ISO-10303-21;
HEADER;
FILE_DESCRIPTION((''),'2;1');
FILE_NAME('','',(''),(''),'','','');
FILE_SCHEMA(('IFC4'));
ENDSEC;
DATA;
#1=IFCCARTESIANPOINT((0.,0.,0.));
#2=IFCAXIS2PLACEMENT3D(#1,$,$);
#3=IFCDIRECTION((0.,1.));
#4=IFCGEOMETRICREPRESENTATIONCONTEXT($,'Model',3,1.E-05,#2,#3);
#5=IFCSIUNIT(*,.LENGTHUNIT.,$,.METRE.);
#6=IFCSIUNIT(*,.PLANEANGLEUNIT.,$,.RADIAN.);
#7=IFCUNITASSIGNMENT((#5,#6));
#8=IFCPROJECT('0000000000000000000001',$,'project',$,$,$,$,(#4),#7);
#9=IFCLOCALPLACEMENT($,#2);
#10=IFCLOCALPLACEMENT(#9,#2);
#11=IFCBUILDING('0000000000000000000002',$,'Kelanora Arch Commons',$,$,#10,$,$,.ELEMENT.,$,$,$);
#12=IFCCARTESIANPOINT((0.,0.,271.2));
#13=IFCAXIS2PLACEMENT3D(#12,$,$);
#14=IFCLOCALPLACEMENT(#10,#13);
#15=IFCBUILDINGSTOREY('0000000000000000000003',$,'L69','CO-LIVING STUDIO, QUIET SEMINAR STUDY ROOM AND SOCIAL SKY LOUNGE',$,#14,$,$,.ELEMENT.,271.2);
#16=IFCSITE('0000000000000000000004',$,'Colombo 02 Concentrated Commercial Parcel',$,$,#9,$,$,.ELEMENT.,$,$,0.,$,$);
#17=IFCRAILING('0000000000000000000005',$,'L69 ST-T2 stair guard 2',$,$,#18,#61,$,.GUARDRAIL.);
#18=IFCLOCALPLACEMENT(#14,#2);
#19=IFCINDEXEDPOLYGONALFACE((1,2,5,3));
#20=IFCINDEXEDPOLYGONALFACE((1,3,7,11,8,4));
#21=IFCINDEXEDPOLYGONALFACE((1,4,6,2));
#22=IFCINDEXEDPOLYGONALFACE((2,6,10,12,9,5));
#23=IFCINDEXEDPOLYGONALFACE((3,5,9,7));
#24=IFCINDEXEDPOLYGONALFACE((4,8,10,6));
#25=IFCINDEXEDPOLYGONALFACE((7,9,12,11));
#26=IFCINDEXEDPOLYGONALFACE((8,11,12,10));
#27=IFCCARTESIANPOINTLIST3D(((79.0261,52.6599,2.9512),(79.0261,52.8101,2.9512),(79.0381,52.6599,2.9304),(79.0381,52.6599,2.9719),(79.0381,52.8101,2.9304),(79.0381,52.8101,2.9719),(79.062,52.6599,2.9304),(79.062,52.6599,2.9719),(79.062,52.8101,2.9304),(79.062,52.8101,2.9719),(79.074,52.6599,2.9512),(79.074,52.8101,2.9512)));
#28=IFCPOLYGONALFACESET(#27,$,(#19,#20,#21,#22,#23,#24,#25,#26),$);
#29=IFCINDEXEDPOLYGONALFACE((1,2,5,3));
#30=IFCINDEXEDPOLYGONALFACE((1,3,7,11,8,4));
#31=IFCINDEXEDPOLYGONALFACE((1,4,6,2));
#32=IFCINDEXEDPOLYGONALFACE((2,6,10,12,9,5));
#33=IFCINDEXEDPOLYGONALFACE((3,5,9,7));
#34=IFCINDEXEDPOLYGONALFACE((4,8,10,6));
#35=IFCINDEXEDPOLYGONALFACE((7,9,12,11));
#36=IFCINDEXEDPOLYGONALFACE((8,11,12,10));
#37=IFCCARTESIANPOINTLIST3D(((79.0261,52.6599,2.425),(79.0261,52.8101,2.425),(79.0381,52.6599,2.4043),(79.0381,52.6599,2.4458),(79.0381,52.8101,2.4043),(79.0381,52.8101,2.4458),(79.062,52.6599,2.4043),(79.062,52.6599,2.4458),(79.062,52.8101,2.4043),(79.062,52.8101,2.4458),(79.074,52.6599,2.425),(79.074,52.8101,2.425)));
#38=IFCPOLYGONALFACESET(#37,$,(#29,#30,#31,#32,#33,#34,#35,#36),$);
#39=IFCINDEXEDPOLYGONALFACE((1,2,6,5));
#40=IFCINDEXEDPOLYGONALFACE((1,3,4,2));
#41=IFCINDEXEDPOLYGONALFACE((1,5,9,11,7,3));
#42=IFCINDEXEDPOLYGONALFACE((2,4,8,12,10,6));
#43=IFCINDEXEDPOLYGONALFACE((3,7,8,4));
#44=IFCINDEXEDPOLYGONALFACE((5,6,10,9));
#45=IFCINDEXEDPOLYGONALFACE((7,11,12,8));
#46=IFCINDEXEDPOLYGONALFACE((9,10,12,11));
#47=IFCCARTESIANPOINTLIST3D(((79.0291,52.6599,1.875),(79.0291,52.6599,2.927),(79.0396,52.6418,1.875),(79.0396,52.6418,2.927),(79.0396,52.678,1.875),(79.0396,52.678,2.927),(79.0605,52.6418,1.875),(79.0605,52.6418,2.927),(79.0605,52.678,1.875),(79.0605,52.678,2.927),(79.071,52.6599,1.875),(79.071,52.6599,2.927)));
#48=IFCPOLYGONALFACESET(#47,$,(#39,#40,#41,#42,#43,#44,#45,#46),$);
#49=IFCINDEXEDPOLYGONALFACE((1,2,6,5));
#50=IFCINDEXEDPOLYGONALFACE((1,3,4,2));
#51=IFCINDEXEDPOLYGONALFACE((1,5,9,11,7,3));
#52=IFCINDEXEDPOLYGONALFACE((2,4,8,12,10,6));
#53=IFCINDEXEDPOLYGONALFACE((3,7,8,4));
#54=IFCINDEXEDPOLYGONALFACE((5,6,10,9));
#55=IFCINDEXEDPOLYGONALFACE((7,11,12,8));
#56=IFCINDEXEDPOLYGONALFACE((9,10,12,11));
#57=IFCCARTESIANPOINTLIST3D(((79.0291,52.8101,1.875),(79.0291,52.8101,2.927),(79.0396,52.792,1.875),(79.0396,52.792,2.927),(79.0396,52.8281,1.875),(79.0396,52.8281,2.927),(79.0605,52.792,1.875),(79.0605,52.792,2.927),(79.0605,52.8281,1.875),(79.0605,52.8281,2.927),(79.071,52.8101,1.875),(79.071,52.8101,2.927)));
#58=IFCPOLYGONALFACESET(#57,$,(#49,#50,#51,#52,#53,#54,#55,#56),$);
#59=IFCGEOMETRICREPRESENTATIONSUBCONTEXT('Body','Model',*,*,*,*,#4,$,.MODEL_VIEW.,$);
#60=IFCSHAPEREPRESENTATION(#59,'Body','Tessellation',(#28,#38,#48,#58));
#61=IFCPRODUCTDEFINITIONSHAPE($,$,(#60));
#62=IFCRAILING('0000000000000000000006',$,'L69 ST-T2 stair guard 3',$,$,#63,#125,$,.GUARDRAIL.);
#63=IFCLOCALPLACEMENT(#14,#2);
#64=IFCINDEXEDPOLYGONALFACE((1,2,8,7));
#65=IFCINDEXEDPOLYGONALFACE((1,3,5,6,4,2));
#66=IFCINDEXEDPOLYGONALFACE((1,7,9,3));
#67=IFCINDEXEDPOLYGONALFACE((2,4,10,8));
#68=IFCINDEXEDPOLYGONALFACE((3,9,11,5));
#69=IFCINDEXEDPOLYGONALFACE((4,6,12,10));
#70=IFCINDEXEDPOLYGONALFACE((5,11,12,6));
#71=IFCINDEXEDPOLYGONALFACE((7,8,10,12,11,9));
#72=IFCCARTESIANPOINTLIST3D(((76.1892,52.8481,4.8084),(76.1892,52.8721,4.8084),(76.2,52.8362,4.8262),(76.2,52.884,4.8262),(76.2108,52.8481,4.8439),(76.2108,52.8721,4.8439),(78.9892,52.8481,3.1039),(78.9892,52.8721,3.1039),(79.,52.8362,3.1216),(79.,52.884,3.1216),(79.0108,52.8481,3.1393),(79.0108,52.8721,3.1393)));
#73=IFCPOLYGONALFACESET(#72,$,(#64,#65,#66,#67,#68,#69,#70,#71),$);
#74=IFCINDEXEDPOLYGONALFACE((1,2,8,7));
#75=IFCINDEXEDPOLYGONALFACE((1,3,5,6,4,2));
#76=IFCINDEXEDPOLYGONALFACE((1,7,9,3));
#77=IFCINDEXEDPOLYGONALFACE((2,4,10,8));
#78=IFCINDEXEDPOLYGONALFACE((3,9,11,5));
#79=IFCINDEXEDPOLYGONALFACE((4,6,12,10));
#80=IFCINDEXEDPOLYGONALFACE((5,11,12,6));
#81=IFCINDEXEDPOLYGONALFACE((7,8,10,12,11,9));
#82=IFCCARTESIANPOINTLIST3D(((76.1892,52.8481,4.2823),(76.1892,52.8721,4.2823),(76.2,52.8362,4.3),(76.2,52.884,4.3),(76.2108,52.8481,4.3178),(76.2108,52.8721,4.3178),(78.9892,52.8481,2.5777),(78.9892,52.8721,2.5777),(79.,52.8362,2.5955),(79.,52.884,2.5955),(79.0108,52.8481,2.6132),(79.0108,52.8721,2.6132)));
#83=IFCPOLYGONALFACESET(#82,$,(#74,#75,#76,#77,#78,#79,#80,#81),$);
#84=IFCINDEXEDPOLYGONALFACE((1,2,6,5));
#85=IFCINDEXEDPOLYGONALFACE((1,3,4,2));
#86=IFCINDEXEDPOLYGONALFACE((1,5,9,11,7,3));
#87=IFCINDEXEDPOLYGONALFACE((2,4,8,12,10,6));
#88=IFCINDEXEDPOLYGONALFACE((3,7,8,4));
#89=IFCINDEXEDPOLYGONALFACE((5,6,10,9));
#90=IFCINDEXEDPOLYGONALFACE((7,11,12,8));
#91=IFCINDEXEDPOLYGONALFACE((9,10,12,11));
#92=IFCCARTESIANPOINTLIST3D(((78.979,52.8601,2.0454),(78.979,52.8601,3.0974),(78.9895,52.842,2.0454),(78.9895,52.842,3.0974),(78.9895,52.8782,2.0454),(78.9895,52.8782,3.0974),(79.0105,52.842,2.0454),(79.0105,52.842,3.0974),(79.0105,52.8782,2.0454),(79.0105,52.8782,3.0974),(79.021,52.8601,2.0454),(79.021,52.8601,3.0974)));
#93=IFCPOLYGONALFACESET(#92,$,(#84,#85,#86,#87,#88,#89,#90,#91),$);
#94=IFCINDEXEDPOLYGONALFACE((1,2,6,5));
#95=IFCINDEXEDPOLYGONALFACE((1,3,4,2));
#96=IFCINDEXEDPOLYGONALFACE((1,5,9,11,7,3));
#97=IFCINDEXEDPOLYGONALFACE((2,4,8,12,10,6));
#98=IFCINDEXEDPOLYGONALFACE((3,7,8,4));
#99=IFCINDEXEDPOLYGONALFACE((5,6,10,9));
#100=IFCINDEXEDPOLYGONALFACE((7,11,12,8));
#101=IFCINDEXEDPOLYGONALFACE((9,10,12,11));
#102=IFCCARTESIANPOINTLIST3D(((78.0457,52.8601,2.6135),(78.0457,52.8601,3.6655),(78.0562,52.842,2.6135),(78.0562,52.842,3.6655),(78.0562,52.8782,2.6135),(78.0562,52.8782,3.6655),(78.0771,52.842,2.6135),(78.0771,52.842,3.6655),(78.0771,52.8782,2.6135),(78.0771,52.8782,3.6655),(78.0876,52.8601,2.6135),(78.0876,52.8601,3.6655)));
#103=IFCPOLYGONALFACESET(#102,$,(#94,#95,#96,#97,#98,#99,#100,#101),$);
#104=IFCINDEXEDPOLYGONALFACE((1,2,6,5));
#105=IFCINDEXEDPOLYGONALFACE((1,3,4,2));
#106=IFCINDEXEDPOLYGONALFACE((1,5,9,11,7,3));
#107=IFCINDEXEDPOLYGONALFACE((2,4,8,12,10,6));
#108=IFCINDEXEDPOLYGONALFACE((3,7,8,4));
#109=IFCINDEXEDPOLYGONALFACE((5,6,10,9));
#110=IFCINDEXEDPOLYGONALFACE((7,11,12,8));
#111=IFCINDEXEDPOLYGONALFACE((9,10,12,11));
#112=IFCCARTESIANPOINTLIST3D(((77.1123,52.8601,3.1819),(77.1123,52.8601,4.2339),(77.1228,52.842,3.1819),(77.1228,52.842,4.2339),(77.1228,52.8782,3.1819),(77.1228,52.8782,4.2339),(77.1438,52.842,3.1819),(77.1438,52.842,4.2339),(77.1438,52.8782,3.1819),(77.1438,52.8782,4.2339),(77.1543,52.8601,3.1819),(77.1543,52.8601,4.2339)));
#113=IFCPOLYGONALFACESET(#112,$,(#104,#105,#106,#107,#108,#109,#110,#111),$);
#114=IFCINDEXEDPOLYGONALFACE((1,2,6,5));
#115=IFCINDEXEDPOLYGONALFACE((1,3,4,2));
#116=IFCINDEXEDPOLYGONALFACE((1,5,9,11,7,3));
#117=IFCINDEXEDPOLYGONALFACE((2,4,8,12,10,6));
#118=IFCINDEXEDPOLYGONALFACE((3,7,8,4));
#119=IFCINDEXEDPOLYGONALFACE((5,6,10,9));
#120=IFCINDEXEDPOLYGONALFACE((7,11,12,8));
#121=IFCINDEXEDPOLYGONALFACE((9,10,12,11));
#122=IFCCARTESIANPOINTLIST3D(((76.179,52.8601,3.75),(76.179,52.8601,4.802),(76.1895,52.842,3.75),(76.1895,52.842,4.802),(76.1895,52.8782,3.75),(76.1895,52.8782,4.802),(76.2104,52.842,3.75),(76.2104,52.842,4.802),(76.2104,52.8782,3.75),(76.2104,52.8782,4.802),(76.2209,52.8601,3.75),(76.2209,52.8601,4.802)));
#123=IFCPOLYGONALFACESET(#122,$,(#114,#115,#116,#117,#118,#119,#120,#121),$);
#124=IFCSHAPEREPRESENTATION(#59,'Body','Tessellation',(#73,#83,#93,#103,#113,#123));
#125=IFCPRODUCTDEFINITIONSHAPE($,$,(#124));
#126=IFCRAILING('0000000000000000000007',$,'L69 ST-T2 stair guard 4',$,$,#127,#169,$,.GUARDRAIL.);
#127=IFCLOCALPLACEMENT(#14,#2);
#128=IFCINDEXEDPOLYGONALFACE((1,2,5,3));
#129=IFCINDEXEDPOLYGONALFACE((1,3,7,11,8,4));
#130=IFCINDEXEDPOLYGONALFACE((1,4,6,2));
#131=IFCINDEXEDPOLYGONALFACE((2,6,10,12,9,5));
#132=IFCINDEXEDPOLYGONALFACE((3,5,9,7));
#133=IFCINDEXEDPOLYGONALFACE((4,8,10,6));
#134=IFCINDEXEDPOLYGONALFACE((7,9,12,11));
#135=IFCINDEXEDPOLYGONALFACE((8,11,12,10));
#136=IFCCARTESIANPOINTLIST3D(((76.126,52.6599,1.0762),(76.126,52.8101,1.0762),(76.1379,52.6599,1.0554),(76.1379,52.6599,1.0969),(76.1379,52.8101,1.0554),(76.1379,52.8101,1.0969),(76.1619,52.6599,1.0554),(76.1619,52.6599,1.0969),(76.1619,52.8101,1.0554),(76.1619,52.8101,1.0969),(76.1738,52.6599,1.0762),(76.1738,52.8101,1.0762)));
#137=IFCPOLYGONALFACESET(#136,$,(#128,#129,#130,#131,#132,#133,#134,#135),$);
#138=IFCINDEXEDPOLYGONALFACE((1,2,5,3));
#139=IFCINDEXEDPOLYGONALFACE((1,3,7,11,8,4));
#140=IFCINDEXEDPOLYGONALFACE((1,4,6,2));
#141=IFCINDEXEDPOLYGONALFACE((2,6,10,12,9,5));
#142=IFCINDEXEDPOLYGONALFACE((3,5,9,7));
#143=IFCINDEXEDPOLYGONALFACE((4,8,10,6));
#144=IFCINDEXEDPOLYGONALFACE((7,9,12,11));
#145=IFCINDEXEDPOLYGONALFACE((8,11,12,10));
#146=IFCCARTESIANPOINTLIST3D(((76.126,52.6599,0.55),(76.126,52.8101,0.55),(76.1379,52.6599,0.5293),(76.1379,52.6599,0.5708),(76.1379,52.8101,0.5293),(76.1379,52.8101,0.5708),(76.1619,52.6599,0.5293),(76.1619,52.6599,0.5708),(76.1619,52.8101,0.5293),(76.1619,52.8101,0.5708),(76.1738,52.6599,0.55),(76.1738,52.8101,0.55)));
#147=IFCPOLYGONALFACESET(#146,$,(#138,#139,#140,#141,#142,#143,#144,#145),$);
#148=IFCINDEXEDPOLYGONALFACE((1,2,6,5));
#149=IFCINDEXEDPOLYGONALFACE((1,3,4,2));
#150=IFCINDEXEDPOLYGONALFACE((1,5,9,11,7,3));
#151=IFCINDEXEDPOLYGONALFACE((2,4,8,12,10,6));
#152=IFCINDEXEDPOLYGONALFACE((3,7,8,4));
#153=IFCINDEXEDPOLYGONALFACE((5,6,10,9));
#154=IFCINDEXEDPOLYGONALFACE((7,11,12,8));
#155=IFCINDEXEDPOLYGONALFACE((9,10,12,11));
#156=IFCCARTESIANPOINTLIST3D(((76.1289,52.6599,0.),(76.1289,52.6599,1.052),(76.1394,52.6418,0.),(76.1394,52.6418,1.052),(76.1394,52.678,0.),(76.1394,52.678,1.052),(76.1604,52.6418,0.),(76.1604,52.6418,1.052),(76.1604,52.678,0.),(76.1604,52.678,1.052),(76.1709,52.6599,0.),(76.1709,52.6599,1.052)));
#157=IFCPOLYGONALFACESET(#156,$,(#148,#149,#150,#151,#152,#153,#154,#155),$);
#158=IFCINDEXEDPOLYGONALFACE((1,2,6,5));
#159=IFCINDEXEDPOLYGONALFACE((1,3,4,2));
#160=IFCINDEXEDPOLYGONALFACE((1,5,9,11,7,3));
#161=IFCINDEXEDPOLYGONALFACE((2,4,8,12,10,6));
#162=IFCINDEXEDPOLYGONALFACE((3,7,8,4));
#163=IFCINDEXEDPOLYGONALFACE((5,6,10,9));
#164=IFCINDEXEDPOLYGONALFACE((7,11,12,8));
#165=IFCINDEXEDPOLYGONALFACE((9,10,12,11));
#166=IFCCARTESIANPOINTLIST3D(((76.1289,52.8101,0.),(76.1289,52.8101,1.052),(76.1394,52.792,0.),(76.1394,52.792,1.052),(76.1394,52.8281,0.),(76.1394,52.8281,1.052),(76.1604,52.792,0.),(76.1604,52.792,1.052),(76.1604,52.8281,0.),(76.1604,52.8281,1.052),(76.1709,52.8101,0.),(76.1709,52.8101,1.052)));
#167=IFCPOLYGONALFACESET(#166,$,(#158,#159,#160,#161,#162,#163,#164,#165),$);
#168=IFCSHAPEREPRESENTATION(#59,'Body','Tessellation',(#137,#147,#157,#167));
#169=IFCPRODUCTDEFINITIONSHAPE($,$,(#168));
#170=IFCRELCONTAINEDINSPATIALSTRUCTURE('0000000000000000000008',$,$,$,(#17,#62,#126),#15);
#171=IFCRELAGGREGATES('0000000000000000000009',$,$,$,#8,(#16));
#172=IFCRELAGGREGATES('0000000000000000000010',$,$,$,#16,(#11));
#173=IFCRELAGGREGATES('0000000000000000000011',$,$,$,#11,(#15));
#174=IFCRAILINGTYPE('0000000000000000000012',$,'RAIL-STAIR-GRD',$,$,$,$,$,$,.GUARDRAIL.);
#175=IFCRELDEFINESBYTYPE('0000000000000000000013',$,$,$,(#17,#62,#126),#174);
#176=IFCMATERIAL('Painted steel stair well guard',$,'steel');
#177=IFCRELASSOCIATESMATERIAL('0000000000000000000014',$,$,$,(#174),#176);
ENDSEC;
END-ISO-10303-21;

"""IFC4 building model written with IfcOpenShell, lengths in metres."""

from ifc_helpers import new_model, si_unit, direction, frame, origin, place, context, subcontext, project, spatial, polyline, outline, extrude, material, type_object, element, save


model = new_model("IFC4")

# Units and contexts
model_context = context("Model", 3, precision=1e-05, world=origin(), true_north=direction((0.0, 1.0)))
body_context = subcontext(model_context, "Body", "Model", "MODEL_VIEW")
ifc_project = project(units=[si_unit("LENGTHUNIT", "METRE"), si_unit("PLANEANGLEUNIT", "RADIAN")], contexts=[model_context])

# Site, building, storey
site_placement = place(None, origin())
site = spatial("IfcSite", under=ifc_project, at=site_placement, Name="Colombo 02 Concentrated Commercial Parcel", CompositionType="ELEMENT", RefElevation=0.0)
building_placement = place(site_placement, origin())
building = spatial("IfcBuilding", under=site, at=building_placement, Name="Kelanora Arch Commons", CompositionType="ELEMENT")
storey_placement = place(building_placement, frame((0.0, 0.0, 271.2)))
storey = spatial("IfcBuildingStorey", under=building, at=storey_placement, Name="L69", Description="CO-LIVING STUDIO, QUIET SEMINAR STUDY ROOM AND SOCIAL SKY LOUNGE", CompositionType="ELEMENT", Elevation=271.2)

# Railings
ifc_material_1 = material(Name="Painted steel stair well guard", Category="steel")
railing_type_1 = type_object("IfcRailingType", Name="RAIL-STAIR-GRD", PredefinedType="GUARDRAIL", material=ifc_material_1)
railing_1_placement = place(storey_placement, frame((79.05, 52.6599, 1.875)))
element("IfcRailing", 1, at=railing_1_placement, inside=storey, type_object=railing_type_1, Name="L69 ST-T2 stair guard 2", PredefinedType="GUARDRAIL", context=body_context, shape_type="SweptSolid", body=[
    extrude(outline(polyline([(0.0239, 0.0), (0.012, 0.0208), (-0.012, 0.0208), (-0.0239, 0.0), (-0.012, -0.0208), (0.012, -0.0208), (0.0239, 0.0)])), frame((0.0, 0.0, 1.0762), z_axis=(0.0, 1.0, 0.0), x_axis=(-1.0, 0.0, 0.0)), (0.0, 0.0, 1.0), 0.1501),
    extrude(outline(polyline([(0.0239, 0.0), (0.012, 0.0208), (-0.012, 0.0208), (-0.0239, 0.0), (-0.012, -0.0208), (0.012, -0.0208), (0.0239, 0.0)])), frame((0.0, 0.0, 0.55), z_axis=(0.0, 1.0, 0.0), x_axis=(-1.0, 0.0, 0.0)), (0.0, 0.0, 1.0), 0.1501),
    extrude(outline(polyline([(0.021, 0.0), (0.0105, 0.0181), (-0.0105, 0.0181), (-0.021, 0.0), (-0.0105, -0.0181), (0.0105, -0.0181), (0.021, 0.0)])), origin(), (0.0, 0.0, 1.0), 1.052),
    extrude(outline(polyline([(0.021, 0.0), (0.0105, 0.0181), (-0.0105, 0.0181), (-0.021, 0.0), (-0.0105, -0.0181), (0.0105, -0.0181), (0.021, 0.0)])), frame((0.0, 0.1501, 0.0)), (0.0, 0.0, 1.0), 1.052),
])
railing_2_placement = place(storey_placement, frame((79.0, 52.8601, 2.0454)))
element("IfcRailing", 2, at=railing_2_placement, inside=storey, type_object=railing_type_1, Name="L69 ST-T2 stair guard 3", PredefinedType="GUARDRAIL", context=body_context, shape_type="SweptSolid", body=[
    extrude(outline(polyline([(0.0239, 0.0), (0.012, 0.0208), (-0.012, 0.0208), (-0.0239, 0.0), (-0.012, -0.0208), (0.012, -0.0208), (0.0239, 0.0)])), frame((0.0, 0.0, 1.0762), z_axis=(-0.85417, 0.0, 0.519994), x_axis=(0.0, -1.0, 0.0)), (0.0, 0.0, 1.0), 3.2781),
    extrude(outline(polyline([(0.0239, 0.0), (0.012, 0.0208), (-0.012, 0.0208), (-0.0239, 0.0), (-0.012, -0.0208), (0.012, -0.0208), (0.0239, 0.0)])), frame((0.0, 0.0, 0.55), z_axis=(-0.85417, 0.0, 0.519994), x_axis=(0.0, -1.0, 0.0)), (0.0, 0.0, 1.0), 3.2781),
    extrude(outline(polyline([(0.021, 0.0), (0.0105, 0.0181), (-0.0105, 0.0181), (-0.021, 0.0), (-0.0105, -0.0181), (0.0105, -0.0181), (0.021, 0.0)])), origin(), (0.0, 0.0, 1.0), 1.052),
    extrude(outline(polyline([(0.021, 0.0), (0.0105, 0.0181), (-0.0105, 0.0181), (-0.021, 0.0), (-0.0105, -0.0181), (0.0105, -0.0181), (0.021, 0.0)])), frame((-0.9333, 0.0, 0.5681)), (0.0, 0.0, 1.0), 1.052),
    extrude(outline(polyline([(0.021, 0.0), (0.0105, 0.0181), (-0.0105, 0.0181), (-0.021, 0.0), (-0.0105, -0.0181), (0.0105, -0.0181), (0.021, 0.0)])), frame((-1.8667, 0.0, 1.1365)), (0.0, 0.0, 1.0), 1.052),
    extrude(outline(polyline([(0.021, 0.0), (0.0105, 0.0181), (-0.0105, 0.0181), (-0.021, 0.0), (-0.0105, -0.0181), (0.0105, -0.0181), (0.021, 0.0)])), frame((-2.8, 0.0, 1.7046)), (0.0, 0.0, 1.0), 1.052),
])
railing_3_placement = place(storey_placement, frame((76.1499, 52.6599, 0.0)))
element("IfcRailing", 3, at=railing_3_placement, inside=storey, type_object=railing_type_1, Name="L69 ST-T2 stair guard 4", PredefinedType="GUARDRAIL", context=body_context, shape_type="SweptSolid", body=[
    extrude(outline(polyline([(0.0239, 0.0), (0.012, 0.0208), (-0.012, 0.0208), (-0.0239, 0.0), (-0.012, -0.0208), (0.012, -0.0208), (0.0239, 0.0)])), frame((0.0, 0.0, 1.0762), z_axis=(0.0, 1.0, 0.0), x_axis=(-1.0, 0.0, 0.0)), (0.0, 0.0, 1.0), 0.1501),
    extrude(outline(polyline([(0.0239, 0.0), (0.012, 0.0208), (-0.012, 0.0208), (-0.0239, 0.0), (-0.012, -0.0208), (0.012, -0.0208), (0.0239, 0.0)])), frame((0.0, 0.0, 0.55), z_axis=(0.0, 1.0, 0.0), x_axis=(-1.0, 0.0, 0.0)), (0.0, 0.0, 1.0), 0.1501),
    extrude(outline(polyline([(0.021, 0.0), (0.0105, 0.0181), (-0.0105, 0.0181), (-0.021, 0.0), (-0.0105, -0.0181), (0.0105, -0.0181), (0.021, 0.0)])), origin(), (0.0, 0.0, 1.0), 1.052),
    extrude(outline(polyline([(0.021, 0.0), (0.0105, 0.0181), (-0.0105, 0.0181), (-0.021, 0.0), (-0.0105, -0.0181), (0.0105, -0.0181), (0.021, 0.0)])), frame((0.0, 0.1501, 0.0)), (0.0, 0.0, 1.0), 1.052),
])

save(model, "model.ifc")
